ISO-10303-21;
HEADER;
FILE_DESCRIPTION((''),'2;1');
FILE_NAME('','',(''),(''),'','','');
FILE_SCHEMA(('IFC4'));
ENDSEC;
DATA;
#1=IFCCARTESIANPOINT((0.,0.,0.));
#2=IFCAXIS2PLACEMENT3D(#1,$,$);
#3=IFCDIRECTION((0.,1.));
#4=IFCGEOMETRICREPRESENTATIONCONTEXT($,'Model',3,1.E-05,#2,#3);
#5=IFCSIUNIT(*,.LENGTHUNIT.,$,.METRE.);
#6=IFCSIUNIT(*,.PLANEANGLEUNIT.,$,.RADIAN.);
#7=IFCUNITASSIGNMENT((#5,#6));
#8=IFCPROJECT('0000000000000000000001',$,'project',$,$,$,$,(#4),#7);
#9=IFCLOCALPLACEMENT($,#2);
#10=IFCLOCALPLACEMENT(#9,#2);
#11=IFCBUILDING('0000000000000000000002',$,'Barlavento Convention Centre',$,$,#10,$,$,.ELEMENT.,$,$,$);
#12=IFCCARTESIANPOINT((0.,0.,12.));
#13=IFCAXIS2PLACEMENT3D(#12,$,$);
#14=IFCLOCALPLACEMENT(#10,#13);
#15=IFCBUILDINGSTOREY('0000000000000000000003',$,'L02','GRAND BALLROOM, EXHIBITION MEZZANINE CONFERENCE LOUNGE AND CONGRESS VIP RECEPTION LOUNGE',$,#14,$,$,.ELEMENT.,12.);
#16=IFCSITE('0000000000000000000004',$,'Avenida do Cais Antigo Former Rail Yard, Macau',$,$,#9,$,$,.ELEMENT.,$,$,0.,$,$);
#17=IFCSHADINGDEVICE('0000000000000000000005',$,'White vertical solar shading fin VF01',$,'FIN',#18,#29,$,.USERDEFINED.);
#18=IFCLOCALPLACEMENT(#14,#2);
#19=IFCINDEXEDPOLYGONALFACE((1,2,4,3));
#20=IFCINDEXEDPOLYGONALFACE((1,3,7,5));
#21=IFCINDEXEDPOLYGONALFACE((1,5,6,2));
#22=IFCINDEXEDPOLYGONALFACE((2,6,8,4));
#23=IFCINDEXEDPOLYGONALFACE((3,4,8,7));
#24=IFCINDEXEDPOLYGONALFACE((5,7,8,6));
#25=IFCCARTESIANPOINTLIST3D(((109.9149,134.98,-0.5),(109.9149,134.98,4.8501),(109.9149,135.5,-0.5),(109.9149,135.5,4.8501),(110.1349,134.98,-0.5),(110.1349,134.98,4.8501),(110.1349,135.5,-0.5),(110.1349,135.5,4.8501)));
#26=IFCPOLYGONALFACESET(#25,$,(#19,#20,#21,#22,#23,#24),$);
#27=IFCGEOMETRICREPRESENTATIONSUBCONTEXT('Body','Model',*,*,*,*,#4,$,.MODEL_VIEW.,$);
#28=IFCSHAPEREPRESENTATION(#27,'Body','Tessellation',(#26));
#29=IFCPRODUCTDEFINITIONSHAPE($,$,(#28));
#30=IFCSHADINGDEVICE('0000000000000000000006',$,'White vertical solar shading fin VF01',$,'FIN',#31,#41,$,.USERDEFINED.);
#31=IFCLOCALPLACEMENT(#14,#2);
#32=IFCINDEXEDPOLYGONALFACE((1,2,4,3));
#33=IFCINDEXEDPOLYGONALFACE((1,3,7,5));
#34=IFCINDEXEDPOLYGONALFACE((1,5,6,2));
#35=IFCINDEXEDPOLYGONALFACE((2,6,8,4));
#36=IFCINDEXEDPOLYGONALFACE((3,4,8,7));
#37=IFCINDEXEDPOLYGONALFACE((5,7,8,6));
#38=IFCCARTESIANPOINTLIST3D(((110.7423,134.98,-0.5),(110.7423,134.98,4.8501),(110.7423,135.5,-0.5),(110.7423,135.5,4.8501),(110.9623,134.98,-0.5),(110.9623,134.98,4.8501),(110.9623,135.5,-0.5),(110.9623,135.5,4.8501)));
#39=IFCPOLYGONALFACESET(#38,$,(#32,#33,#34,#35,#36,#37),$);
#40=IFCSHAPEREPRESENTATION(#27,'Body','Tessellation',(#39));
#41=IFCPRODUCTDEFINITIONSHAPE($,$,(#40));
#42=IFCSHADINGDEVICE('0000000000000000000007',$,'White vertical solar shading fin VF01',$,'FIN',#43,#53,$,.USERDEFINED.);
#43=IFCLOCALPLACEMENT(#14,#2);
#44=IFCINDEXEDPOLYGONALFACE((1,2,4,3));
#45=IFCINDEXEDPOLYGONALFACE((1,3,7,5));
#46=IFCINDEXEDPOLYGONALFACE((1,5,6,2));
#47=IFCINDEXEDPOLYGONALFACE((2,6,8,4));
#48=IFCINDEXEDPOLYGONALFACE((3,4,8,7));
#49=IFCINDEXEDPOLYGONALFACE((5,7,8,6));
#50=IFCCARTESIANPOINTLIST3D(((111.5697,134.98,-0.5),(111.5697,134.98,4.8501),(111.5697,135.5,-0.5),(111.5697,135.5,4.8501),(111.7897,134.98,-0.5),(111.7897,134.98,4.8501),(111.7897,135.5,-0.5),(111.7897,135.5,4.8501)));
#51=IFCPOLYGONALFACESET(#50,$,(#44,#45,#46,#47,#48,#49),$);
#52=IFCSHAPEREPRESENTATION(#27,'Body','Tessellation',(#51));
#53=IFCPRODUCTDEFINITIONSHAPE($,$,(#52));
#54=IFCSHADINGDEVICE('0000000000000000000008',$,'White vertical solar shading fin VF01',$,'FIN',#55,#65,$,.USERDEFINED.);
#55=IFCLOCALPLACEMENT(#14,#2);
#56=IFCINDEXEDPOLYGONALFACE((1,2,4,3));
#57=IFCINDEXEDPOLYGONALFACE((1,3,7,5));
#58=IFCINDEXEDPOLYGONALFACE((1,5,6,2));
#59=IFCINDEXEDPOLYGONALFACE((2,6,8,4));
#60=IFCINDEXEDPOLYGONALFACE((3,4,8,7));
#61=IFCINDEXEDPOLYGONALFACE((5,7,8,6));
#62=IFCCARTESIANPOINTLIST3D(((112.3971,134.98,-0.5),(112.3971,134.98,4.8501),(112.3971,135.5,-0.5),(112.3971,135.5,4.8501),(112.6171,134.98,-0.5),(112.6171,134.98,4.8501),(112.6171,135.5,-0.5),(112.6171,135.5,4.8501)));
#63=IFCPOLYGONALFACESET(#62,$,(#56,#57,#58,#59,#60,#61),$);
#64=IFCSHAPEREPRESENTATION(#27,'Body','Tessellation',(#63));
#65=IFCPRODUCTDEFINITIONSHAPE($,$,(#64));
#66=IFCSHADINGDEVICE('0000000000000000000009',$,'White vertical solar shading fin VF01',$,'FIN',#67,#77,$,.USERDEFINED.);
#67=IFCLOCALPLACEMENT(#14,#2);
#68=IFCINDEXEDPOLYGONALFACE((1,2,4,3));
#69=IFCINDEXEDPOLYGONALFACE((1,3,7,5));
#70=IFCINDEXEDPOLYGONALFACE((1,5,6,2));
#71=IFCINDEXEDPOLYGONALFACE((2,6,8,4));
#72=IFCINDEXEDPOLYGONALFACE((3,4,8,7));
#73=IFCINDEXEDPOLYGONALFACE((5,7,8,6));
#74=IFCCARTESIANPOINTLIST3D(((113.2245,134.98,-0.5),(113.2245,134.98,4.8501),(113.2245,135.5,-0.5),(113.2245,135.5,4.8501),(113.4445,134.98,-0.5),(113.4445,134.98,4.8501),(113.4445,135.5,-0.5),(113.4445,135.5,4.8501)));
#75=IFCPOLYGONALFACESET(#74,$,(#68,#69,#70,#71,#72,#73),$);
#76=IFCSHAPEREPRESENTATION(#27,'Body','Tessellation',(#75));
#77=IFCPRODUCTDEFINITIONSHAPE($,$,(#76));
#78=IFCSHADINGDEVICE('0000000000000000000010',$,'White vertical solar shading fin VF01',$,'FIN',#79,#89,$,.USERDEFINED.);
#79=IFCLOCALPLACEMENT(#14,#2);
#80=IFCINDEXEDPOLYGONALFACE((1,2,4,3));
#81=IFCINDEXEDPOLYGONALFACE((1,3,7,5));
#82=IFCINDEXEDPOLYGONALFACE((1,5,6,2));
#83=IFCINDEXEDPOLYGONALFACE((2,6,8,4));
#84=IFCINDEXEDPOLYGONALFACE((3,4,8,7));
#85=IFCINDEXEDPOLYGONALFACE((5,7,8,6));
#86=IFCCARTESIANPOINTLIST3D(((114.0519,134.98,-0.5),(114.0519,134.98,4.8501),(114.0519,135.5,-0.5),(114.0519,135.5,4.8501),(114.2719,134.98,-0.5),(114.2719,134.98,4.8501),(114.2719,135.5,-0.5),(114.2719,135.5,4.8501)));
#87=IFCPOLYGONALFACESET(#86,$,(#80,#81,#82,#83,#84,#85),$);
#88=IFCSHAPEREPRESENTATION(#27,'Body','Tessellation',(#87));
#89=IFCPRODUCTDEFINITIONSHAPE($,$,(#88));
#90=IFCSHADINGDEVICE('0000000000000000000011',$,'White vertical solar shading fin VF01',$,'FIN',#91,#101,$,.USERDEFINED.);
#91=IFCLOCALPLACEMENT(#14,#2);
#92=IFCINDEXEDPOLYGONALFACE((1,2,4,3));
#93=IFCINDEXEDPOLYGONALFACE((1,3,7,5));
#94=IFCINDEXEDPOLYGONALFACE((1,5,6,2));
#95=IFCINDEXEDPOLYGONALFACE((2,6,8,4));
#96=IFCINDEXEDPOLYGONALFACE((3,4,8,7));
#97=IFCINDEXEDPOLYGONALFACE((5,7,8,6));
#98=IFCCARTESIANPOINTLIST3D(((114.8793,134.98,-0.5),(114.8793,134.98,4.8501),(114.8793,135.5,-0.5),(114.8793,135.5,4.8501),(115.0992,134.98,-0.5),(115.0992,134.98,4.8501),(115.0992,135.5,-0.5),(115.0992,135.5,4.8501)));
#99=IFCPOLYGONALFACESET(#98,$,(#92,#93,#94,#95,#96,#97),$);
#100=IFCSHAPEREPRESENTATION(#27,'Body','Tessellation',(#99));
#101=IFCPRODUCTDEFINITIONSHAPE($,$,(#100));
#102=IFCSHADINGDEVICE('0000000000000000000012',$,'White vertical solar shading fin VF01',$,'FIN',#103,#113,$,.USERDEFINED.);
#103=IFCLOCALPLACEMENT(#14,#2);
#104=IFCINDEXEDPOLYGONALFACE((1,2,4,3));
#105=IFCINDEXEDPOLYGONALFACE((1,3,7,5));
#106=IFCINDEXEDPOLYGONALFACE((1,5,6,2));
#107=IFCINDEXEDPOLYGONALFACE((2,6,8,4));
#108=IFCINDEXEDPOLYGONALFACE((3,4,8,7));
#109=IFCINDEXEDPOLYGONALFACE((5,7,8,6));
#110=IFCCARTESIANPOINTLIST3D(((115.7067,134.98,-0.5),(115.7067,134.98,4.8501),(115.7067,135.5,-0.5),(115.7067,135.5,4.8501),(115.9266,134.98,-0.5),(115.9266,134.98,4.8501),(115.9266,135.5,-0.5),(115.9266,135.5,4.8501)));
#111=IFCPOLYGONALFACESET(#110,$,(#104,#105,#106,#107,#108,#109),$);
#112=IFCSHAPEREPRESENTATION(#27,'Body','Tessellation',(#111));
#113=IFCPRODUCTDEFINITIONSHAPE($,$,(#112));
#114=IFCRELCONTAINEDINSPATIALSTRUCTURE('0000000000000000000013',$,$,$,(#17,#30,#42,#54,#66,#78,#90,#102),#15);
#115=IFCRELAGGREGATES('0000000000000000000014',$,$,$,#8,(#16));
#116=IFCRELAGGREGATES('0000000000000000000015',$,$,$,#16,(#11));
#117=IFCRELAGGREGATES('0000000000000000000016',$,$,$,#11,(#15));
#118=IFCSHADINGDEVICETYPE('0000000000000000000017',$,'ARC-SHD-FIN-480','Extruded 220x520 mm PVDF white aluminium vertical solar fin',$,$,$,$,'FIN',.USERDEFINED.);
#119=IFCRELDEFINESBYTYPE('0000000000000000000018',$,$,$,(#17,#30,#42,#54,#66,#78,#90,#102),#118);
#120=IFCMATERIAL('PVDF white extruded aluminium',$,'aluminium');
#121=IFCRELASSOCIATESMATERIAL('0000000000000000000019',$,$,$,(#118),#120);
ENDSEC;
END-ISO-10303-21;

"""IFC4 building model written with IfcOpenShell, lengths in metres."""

from ifc_helpers import new_model, si_unit, direction, frame, origin, origin_2d, place, context, subcontext, project, spatial, rectangle, extrude, material, type_object, element, save


model = new_model("IFC4")

# Units and contexts
model_context = context("Model", 3, precision=1e-05, world=origin(), true_north=direction((0.0, 1.0)))
body_context = subcontext(model_context, "Body", "Model", "MODEL_VIEW")
ifc_project = project(units=[si_unit("LENGTHUNIT", "METRE"), si_unit("PLANEANGLEUNIT", "RADIAN")], contexts=[model_context])

# Site, building, storey
site_placement = place(None, origin())
site = spatial("IfcSite", under=ifc_project, at=site_placement, Name="Avenida do Cais Antigo Former Rail Yard, Macau", CompositionType="ELEMENT", RefElevation=0.0)
building_placement = place(site_placement, origin())
building = spatial("IfcBuilding", under=site, at=building_placement, Name="Barlavento Convention Centre", CompositionType="ELEMENT")
storey_placement = place(building_placement, frame((0.0, 0.0, 12.0)))
storey = spatial("IfcBuildingStorey", under=building, at=storey_placement, Name="L02", Description="GRAND BALLROOM, EXHIBITION MEZZANINE CONFERENCE LOUNGE AND CONGRESS VIP RECEPTION LOUNGE", CompositionType="ELEMENT", Elevation=12.0)

# Shading devices
ifc_material_1 = material(Name="PVDF white extruded aluminium", Category="aluminium")
shading_device_type = type_object("IfcShadingDeviceType", Name="ARC-SHD-FIN-480", Description="Extruded 220x520 mm PVDF white aluminium vertical solar fin", ElementType="FIN", PredefinedType="USERDEFINED", material=ifc_material_1)
for number, where, z_axis, x_axis, name in (
    (1, (110.0249, 135.24, -0.5), (0.0, 0.0, 1.0), (1.0, 0.0, 0.0), "White vertical solar shading fin VF01"),
    (2, (110.8523, 135.24, -0.5), (0.0, 0.0, 1.0), (1.0, 0.0, 0.0), "White vertical solar shading fin VF01"),
    (3, (111.6797, 135.24, -0.5), (0.0, 0.0, 1.0), (1.0, 0.0, 0.0), "White vertical solar shading fin VF01"),
    (4, (112.5071, 135.24, -0.5), (0.0, 0.0, 1.0), (1.0, 0.0, 0.0), "White vertical solar shading fin VF01"),
    (5, (113.3345, 135.24, -0.5), (0.0, 0.0, 1.0), (1.0, 0.0, 0.0), "White vertical solar shading fin VF01"),
    (6, (114.1619, 135.24, -0.5), (0.0, 0.0, 1.0), (1.0, 0.0, 0.0), "White vertical solar shading fin VF01"),
    (7, (114.9893, 135.24, -0.5), (0.0, 0.0, 1.0), (1.0, 0.0, 0.0), "White vertical solar shading fin VF01"),
    (8, (115.8167, 135.24, -0.5), (0.0, 0.0, 1.0), (1.0, 0.0, 0.0), "White vertical solar shading fin VF01"),
):
    element("IfcShadingDevice", number, at=place(storey_placement, frame(where, z_axis=z_axis, x_axis=x_axis)), inside=storey, type_object=shading_device_type, Name=name, ObjectType="FIN", PredefinedType="USERDEFINED", context=body_context, shape_type="SweptSolid", body=[
        extrude(rectangle(XDim=0.22, YDim=0.52, at=origin_2d()), origin(), (0.0, 0.0, 1.0), 5.3501),
    ])

save(model, "model.ifc")
